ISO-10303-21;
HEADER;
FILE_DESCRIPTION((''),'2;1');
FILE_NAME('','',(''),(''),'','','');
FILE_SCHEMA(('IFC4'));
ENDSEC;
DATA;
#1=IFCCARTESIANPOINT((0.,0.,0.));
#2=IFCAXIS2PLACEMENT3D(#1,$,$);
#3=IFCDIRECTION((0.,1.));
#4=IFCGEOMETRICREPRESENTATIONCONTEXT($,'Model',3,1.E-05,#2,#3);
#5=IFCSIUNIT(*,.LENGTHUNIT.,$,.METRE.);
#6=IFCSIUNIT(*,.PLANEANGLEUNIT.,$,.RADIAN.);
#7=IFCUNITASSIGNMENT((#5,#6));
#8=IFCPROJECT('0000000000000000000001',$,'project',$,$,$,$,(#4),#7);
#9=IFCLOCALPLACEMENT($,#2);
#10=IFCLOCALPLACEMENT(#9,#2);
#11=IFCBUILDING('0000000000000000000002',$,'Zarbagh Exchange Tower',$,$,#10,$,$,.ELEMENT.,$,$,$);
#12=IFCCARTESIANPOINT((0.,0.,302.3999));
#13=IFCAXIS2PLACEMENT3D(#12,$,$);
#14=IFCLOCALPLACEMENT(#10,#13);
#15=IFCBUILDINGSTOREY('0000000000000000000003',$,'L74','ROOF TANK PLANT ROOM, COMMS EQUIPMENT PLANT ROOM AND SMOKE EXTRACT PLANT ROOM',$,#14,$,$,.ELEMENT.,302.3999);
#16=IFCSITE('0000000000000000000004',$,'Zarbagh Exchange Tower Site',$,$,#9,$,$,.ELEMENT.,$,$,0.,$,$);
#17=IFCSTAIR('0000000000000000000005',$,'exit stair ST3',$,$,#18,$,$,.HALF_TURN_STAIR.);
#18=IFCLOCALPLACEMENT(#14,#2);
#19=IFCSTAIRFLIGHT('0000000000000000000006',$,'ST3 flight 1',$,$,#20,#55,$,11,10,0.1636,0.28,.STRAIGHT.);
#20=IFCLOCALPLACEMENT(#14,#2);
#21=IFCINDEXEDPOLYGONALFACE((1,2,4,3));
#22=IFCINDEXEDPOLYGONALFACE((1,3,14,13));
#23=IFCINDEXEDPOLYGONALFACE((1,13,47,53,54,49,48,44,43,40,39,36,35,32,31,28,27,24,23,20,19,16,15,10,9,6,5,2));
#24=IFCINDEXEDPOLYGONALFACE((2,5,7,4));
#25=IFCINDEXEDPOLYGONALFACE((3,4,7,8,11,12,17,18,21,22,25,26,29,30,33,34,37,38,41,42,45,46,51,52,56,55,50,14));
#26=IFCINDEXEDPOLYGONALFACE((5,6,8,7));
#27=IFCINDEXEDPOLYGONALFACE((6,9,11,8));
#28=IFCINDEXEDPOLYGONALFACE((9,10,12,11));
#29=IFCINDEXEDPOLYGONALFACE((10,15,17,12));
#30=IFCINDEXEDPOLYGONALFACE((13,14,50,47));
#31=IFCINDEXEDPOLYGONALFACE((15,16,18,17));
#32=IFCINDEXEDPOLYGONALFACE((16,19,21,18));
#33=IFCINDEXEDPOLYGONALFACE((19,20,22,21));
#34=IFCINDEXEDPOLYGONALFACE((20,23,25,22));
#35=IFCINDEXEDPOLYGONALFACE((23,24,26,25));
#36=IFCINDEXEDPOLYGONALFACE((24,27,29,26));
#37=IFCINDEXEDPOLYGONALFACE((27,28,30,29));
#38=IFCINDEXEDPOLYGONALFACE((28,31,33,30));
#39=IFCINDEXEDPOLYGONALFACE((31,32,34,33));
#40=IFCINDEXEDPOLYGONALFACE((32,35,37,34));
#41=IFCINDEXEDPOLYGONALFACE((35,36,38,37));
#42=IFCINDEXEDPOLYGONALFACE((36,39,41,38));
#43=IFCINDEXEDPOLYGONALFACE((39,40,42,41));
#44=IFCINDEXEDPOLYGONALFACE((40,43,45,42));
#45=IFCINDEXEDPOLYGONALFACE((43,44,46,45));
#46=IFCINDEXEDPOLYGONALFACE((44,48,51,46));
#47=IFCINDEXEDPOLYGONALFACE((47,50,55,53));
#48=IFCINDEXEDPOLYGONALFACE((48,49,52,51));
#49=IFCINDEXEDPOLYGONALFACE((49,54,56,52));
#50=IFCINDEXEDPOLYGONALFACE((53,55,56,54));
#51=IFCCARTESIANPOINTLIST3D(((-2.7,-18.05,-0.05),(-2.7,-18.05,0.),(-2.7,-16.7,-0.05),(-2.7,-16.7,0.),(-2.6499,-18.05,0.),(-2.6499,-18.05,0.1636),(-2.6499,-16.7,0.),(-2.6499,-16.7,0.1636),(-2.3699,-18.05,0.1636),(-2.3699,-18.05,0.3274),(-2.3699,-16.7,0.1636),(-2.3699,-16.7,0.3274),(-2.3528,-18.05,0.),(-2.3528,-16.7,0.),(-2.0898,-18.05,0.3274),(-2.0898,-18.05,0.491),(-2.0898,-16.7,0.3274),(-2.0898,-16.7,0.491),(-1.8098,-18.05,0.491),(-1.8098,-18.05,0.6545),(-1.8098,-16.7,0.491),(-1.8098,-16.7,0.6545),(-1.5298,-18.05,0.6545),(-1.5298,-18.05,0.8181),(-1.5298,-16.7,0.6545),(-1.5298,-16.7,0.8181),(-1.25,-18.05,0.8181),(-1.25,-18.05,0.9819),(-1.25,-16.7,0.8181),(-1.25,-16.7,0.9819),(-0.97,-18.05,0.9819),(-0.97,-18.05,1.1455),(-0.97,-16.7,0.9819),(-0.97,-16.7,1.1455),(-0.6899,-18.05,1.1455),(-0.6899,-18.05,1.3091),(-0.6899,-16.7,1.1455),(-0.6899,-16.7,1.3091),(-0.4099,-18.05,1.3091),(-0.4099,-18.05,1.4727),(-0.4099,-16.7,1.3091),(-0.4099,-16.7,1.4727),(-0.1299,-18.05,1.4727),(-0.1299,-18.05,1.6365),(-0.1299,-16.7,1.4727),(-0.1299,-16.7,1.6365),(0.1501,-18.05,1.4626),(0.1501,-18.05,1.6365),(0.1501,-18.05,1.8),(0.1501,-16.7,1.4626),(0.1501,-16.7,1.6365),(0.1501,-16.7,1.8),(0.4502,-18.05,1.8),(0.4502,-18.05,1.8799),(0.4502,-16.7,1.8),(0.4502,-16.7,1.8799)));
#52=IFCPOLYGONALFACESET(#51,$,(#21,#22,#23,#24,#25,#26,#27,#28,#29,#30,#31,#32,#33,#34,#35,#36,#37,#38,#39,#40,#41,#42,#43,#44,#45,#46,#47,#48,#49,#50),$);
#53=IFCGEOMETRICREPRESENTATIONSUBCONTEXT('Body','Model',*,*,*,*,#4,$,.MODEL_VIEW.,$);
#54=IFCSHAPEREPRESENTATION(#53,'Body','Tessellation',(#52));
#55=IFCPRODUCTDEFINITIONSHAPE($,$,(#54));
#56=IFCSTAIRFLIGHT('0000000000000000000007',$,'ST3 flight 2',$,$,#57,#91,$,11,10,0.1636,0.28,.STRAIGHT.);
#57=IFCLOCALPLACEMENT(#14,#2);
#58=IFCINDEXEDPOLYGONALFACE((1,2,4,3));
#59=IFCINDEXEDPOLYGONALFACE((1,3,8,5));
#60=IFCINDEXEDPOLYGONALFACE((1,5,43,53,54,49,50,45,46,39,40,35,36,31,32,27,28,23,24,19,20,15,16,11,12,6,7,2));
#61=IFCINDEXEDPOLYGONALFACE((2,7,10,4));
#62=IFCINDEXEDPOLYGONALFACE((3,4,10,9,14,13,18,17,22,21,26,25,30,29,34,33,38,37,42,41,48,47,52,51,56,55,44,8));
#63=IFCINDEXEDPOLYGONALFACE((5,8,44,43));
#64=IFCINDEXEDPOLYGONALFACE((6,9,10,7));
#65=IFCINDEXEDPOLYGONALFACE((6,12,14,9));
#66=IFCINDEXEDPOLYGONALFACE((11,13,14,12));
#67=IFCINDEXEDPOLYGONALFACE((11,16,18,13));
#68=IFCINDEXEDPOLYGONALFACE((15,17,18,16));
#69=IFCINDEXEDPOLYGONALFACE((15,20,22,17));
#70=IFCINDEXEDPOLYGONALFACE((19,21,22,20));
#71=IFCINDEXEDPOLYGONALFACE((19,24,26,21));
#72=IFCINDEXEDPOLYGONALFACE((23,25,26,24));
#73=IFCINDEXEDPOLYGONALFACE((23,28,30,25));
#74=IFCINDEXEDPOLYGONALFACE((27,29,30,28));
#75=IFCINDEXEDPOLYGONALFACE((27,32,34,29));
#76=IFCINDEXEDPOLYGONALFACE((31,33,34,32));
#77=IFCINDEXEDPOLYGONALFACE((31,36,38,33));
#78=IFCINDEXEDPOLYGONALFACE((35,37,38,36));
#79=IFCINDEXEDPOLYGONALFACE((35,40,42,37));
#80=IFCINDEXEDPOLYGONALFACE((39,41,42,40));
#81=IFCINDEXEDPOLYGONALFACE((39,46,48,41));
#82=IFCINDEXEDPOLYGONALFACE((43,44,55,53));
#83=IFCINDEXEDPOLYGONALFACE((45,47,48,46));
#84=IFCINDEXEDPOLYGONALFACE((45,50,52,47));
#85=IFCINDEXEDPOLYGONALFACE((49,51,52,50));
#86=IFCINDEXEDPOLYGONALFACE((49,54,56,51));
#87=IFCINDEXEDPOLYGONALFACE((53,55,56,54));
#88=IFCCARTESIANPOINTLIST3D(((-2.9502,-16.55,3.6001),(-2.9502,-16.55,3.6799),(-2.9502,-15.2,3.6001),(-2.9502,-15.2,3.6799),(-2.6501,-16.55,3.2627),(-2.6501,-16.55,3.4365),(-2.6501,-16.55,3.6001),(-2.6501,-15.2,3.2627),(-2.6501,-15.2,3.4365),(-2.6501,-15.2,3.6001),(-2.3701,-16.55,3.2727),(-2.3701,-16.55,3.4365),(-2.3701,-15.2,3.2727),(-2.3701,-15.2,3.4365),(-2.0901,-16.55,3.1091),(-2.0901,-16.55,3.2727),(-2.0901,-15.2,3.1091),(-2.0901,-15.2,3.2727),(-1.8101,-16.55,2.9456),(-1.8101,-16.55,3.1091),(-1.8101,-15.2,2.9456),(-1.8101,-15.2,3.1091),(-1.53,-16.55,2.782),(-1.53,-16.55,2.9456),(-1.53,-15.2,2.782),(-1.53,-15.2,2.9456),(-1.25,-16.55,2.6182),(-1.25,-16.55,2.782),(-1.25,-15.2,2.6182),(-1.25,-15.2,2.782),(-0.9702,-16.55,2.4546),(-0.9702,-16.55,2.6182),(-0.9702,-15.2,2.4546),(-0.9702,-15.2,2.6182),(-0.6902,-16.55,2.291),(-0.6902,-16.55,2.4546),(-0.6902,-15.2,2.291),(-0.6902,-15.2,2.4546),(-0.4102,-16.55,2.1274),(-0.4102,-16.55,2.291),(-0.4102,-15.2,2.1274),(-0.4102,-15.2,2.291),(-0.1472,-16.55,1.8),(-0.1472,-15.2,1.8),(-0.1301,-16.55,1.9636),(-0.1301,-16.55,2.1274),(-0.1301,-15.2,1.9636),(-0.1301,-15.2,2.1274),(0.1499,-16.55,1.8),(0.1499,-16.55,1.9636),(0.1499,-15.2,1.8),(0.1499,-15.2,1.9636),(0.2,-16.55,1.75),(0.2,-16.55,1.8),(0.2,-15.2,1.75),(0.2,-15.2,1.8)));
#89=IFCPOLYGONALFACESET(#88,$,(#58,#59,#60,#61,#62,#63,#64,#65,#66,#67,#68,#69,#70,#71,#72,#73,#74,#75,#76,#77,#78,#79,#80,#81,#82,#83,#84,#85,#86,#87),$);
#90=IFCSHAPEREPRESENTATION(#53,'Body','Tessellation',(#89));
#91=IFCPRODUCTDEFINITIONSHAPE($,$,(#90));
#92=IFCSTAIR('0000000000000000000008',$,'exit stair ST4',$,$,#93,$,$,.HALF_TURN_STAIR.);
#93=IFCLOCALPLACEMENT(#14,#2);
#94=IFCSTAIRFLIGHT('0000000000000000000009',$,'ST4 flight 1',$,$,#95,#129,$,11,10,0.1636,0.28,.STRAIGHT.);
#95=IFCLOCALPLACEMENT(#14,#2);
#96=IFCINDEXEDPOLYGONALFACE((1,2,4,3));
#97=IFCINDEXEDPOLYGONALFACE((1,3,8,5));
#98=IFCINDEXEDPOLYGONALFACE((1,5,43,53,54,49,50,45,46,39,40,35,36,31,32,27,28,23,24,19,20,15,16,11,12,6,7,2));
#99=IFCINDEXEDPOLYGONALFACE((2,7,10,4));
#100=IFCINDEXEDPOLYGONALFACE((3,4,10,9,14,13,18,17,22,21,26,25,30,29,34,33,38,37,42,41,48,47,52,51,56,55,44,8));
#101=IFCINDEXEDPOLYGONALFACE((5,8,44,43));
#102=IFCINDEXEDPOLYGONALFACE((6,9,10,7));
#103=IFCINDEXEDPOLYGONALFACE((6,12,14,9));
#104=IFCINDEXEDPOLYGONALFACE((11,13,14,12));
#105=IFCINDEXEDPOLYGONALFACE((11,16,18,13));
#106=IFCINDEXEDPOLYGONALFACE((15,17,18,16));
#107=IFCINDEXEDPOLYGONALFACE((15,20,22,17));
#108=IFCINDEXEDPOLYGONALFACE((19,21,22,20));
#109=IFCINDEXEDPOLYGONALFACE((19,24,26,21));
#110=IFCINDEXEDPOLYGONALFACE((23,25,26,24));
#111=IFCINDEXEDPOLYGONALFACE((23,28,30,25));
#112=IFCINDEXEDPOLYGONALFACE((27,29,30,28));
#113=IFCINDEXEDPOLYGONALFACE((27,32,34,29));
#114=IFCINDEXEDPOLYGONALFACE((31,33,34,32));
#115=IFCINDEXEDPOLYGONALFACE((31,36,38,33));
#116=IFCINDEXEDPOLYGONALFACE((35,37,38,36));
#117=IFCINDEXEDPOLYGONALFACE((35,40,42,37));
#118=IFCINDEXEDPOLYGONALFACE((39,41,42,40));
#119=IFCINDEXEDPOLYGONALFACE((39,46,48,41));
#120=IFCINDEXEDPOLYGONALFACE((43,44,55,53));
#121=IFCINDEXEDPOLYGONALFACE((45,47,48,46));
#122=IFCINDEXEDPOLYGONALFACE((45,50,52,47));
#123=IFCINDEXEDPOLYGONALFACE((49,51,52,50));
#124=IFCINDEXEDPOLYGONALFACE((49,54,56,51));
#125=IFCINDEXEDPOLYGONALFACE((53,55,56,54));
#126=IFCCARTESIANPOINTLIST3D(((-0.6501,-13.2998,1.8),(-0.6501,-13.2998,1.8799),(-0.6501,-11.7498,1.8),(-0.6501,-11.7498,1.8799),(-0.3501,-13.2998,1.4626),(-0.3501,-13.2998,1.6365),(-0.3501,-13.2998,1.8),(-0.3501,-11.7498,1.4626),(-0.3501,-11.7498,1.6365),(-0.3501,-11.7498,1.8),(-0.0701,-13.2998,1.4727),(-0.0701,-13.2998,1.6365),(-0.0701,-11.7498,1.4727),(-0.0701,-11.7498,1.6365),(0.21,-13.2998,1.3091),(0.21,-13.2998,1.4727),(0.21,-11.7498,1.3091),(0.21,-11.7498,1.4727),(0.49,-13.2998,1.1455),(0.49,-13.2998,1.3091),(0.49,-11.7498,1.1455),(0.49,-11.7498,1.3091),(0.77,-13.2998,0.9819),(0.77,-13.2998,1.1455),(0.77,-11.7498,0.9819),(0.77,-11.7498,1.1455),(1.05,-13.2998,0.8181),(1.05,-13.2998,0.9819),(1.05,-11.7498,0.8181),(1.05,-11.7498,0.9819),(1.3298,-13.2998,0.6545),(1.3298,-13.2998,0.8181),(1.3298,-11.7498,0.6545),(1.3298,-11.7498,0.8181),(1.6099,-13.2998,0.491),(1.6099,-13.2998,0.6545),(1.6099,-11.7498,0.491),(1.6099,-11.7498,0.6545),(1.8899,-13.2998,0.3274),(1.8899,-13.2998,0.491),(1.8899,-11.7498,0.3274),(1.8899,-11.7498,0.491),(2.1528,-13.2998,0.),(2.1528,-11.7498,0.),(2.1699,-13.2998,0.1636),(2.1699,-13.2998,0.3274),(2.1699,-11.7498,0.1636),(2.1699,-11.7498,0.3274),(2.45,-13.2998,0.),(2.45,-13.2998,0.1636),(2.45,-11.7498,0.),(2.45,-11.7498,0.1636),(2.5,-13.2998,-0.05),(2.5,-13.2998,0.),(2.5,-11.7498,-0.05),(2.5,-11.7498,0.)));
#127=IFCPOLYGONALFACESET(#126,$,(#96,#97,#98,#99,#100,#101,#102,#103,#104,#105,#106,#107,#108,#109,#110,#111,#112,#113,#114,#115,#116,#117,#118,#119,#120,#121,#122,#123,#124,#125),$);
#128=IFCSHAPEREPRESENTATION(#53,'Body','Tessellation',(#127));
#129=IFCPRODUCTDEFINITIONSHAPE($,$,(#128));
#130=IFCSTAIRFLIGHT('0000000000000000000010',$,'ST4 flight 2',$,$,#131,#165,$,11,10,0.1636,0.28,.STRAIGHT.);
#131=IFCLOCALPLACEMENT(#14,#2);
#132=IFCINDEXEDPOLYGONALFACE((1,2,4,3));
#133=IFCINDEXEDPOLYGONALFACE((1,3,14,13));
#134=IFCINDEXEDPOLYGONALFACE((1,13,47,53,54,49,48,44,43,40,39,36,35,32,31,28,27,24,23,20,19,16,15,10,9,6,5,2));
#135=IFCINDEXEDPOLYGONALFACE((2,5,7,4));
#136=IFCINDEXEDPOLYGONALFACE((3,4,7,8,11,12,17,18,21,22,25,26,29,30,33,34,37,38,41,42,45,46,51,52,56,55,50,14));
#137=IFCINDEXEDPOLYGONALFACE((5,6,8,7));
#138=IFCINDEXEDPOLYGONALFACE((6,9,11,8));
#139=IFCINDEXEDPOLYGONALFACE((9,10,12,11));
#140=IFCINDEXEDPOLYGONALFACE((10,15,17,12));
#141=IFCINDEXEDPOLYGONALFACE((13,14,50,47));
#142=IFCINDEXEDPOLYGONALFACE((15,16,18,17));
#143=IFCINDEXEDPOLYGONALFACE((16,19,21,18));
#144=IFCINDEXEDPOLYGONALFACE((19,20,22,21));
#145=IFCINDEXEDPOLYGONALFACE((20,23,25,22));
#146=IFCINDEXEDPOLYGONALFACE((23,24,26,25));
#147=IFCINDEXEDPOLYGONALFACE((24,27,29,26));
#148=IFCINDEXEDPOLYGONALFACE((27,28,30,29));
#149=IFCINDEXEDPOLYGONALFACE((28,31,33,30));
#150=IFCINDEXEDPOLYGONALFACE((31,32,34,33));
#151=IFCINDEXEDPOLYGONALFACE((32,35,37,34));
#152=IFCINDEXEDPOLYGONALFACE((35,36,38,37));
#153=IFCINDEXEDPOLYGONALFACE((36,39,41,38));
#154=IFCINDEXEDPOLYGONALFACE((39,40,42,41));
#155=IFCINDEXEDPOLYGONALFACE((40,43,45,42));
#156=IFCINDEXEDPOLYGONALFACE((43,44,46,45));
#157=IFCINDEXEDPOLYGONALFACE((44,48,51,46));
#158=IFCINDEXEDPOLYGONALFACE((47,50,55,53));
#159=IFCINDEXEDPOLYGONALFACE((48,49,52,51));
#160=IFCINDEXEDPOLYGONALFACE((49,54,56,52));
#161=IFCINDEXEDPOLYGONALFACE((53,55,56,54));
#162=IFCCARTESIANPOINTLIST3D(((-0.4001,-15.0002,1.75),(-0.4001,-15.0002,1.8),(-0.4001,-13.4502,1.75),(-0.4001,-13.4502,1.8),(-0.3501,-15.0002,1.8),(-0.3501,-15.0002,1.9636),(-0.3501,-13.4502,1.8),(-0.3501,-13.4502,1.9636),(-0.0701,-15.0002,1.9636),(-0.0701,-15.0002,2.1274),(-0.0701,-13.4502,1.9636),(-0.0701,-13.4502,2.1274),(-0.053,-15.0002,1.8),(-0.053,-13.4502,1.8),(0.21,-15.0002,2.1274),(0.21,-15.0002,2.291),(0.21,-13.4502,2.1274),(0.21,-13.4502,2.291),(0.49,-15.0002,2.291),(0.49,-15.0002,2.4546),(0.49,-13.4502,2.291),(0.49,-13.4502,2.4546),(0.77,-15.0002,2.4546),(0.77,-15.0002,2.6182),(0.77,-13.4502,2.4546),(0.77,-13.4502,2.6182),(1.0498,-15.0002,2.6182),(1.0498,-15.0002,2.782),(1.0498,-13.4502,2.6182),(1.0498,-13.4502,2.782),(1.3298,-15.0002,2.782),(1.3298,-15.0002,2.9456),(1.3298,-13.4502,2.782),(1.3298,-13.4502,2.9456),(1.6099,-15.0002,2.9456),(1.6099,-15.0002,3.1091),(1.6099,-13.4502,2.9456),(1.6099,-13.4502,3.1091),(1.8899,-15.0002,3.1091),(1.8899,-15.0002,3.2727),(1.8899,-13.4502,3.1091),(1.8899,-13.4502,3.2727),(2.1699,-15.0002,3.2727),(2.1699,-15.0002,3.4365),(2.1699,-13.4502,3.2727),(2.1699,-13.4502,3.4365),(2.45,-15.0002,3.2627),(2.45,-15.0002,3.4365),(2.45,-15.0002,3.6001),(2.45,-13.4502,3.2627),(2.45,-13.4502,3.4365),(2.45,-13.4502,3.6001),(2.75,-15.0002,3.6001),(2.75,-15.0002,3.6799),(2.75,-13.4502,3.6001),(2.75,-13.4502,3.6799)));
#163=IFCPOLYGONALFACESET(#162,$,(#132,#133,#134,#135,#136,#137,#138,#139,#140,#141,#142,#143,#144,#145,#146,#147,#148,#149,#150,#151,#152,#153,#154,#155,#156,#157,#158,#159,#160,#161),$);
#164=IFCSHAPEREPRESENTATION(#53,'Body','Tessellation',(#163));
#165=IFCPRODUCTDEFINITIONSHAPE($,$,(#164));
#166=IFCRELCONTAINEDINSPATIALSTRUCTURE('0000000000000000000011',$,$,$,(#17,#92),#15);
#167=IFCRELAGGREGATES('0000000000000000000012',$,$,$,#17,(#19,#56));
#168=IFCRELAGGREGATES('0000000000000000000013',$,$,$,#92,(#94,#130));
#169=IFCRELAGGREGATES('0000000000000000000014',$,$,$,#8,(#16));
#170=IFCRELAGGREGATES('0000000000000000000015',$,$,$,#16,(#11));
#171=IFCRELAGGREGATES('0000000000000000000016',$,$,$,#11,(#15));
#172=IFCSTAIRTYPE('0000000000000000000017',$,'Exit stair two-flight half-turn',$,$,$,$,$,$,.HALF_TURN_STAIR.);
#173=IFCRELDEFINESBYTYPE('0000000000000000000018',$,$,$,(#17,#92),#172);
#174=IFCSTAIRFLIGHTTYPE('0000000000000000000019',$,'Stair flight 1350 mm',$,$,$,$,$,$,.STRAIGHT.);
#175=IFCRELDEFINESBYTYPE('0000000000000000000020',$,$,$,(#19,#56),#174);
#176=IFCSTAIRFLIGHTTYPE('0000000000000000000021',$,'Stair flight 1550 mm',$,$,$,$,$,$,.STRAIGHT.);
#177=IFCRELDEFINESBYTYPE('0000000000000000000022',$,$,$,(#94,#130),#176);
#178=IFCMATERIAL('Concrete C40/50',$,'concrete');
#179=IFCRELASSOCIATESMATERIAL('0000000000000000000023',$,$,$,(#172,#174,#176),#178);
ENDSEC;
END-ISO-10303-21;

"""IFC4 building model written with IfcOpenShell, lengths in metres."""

from ifc_helpers import new_model, si_unit, direction, frame, origin, place, context, subcontext, project, spatial, polyline, outline, extrude, material, type_object, element, aggregate, save


model = new_model("IFC4")

# Units and contexts
model_context = context("Model", 3, precision=1e-05, world=origin(), true_north=direction((0.0, 1.0)))
body_context = subcontext(model_context, "Body", "Model", "MODEL_VIEW")
ifc_project = project(units=[si_unit("LENGTHUNIT", "METRE"), si_unit("PLANEANGLEUNIT", "RADIAN")], contexts=[model_context])

# Site, building, storey
site_placement = place(None, origin())
site = spatial("IfcSite", under=ifc_project, at=site_placement, Name="Zarbagh Exchange Tower Site", CompositionType="ELEMENT", RefElevation=0.0)
building_placement = place(site_placement, origin())
building = spatial("IfcBuilding", under=site, at=building_placement, Name="Zarbagh Exchange Tower", CompositionType="ELEMENT")
storey_placement = place(building_placement, frame((0.0, 0.0, 302.3999)))
storey = spatial("IfcBuildingStorey", under=building, at=storey_placement, Name="L74", Description="ROOF TANK PLANT ROOM, COMMS EQUIPMENT PLANT ROOM AND SMOKE EXTRACT PLANT ROOM", CompositionType="ELEMENT", Elevation=302.3999)

# Shared definitions
ifc_material_1 = material(Name="Concrete C40/50", Category="concrete")

# Stairs, stair flights
stair_type = type_object("IfcStairType", Name="Exit stair two-flight half-turn", PredefinedType="HALF_TURN_STAIR", material=ifc_material_1)
stair_1_placement = place(storey_placement, origin())
stair_1 = element("IfcStair", 1, at=stair_1_placement, inside=storey, type_object=stair_type, Name="exit stair ST3", PredefinedType="HALF_TURN_STAIR")
stair_flight_type_1 = type_object("IfcStairFlightType", Name="Stair flight 1350 mm", PredefinedType="STRAIGHT", material=ifc_material_1)
stair_flight_1_placement = place(storey_placement, frame((-2.6499, -17.375, 0.0), z_axis=(0.0, 0.0, 1.0), x_axis=(1.0, 0.0, 0.0)))
stair_flight_1 = element("IfcStairFlight", 2, at=stair_flight_1_placement, type_object=stair_flight_type_1, Name="ST3 flight 1", NumberOfRisers=11, NumberOfTreads=10, PredefinedType="STRAIGHT", RiserHeight=0.1636, TreadLength=0.28, context=body_context, shape_type="SweptSolid", body=[
    extrude(outline(polyline([(-0.05, -0.05), (-0.05, 0.0), (0.0, 0.0), (0.0, 0.1636), (0.28, 0.1636), (0.28, 0.3274), (0.5601, 0.3274), (0.5601, 0.491), (0.8401, 0.491), (0.8401, 0.6545), (1.1201, 0.6545), (1.1201, 0.8181), (1.3999, 0.8181), (1.3999, 0.9819), (1.6799, 0.9819), (1.6799, 1.1455), (1.96, 1.1455), (1.96, 1.3091), (2.24, 1.3091), (2.24, 1.4727), (2.52, 1.4727), (2.52, 1.6365), (2.8, 1.6365), (2.8, 1.8), (3.1001, 1.8799), (3.1001, 1.8), (2.8, 1.4626), (0.2971, 0.0), (-0.05, -0.05)])), frame((0.0, 0.675, 0.0), z_axis=(0.0, -1.0, 0.0), x_axis=(1.0, 0.0, 0.0)), (0.0, 0.0, 1.0), 1.3501),
])
stair_flight_2_placement = place(storey_placement, frame((0.1499, -15.875, 1.8), z_axis=(0.0, 0.0, 1.0), x_axis=(-1.0, 0.0, 0.0)))
stair_flight_2 = element("IfcStairFlight", 3, at=stair_flight_2_placement, type_object=stair_flight_type_1, Name="ST3 flight 2", NumberOfRisers=11, NumberOfTreads=10, PredefinedType="STRAIGHT", RiserHeight=0.1636, TreadLength=0.28, context=body_context, shape_type="SweptSolid", body=[
    extrude(outline(polyline([(-0.05, -0.05), (-0.05, 0.0), (0.0, 0.0), (0.0, 0.1636), (0.28, 0.1636), (0.28, 0.3274), (0.5601, 0.3274), (0.5601, 0.491), (0.8401, 0.491), (0.8401, 0.6545), (1.1201, 0.6545), (1.1201, 0.8181), (1.3999, 0.8181), (1.3999, 0.9819), (1.6799, 0.9819), (1.6799, 1.1455), (1.96, 1.1455), (1.96, 1.3091), (2.24, 1.3091), (2.24, 1.4727), (2.52, 1.4727), (2.52, 1.6365), (2.8, 1.6365), (2.8, 1.8), (3.1001, 1.8799), (3.1001, 1.8), (2.8, 1.4626), (0.2971, 0.0), (-0.05, -0.05)])), frame((0.0, 0.675, 0.0), z_axis=(0.0, -1.0, 0.0), x_axis=(1.0, 0.0, 0.0)), (0.0, 0.0, 1.0), 1.3501),
])
aggregate(stair_1, [stair_flight_1, stair_flight_2])
stair_2_placement = place(storey_placement, origin())
stair_2 = element("IfcStair", 4, at=stair_2_placement, inside=storey, type_object=stair_type, Name="exit stair ST4", PredefinedType="HALF_TURN_STAIR")
stair_flight_type_2 = type_object("IfcStairFlightType", Name="Stair flight 1550 mm", PredefinedType="STRAIGHT", material=ifc_material_1)
stair_flight_3_placement = place(storey_placement, frame((2.45, -12.5249, 0.0), z_axis=(0.0, 0.0, 1.0), x_axis=(-1.0, 0.0, 0.0)))
stair_flight_3 = element("IfcStairFlight", 5, at=stair_flight_3_placement, type_object=stair_flight_type_2, Name="ST4 flight 1", NumberOfRisers=11, NumberOfTreads=10, PredefinedType="STRAIGHT", RiserHeight=0.1636, TreadLength=0.28, context=body_context, shape_type="SweptSolid", body=[
    extrude(outline(polyline([(-0.05, -0.05), (-0.05, 0.0), (0.0, 0.0), (0.0, 0.1636), (0.28, 0.1636), (0.28, 0.3274), (0.5601, 0.3274), (0.5601, 0.491), (0.8401, 0.491), (0.8401, 0.6545), (1.1201, 0.6545), (1.1201, 0.8181), (1.3999, 0.8181), (1.3999, 0.9819), (1.6799, 0.9819), (1.6799, 1.1455), (1.96, 1.1455), (1.96, 1.3091), (2.24, 1.3091), (2.24, 1.4727), (2.52, 1.4727), (2.52, 1.6365), (2.8, 1.6365), (2.8, 1.8), (3.1001, 1.8799), (3.1001, 1.8), (2.8, 1.4626), (0.2971, 0.0), (-0.05, -0.05)])), frame((0.0, 0.7749, 0.0), z_axis=(0.0, -1.0, 0.0), x_axis=(1.0, 0.0, 0.0)), (0.0, 0.0, 1.0), 1.55),
])
stair_flight_4_placement = place(storey_placement, frame((-0.3501, -14.2251, 1.8), z_axis=(0.0, 0.0, 1.0), x_axis=(1.0, 0.0, 0.0)))
stair_flight_4 = element("IfcStairFlight", 6, at=stair_flight_4_placement, type_object=stair_flight_type_2, Name="ST4 flight 2", NumberOfRisers=11, NumberOfTreads=10, PredefinedType="STRAIGHT", RiserHeight=0.1636, TreadLength=0.28, context=body_context, shape_type="SweptSolid", body=[
    extrude(outline(polyline([(-0.05, -0.05), (-0.05, 0.0), (0.0, 0.0), (0.0, 0.1636), (0.28, 0.1636), (0.28, 0.3274), (0.5601, 0.3274), (0.5601, 0.491), (0.8401, 0.491), (0.8401, 0.6545), (1.1201, 0.6545), (1.1201, 0.8181), (1.3999, 0.8181), (1.3999, 0.9819), (1.6799, 0.9819), (1.6799, 1.1455), (1.96, 1.1455), (1.96, 1.3091), (2.24, 1.3091), (2.24, 1.4727), (2.52, 1.4727), (2.52, 1.6365), (2.8, 1.6365), (2.8, 1.8), (3.1001, 1.8799), (3.1001, 1.8), (2.8, 1.4626), (0.2971, 0.0), (-0.05, -0.05)])), frame((0.0, 0.7749, 0.0), z_axis=(0.0, -1.0, 0.0), x_axis=(1.0, 0.0, 0.0)), (0.0, 0.0, 1.0), 1.55),
])
aggregate(stair_2, [stair_flight_3, stair_flight_4])

save(model, "model.ifc")
